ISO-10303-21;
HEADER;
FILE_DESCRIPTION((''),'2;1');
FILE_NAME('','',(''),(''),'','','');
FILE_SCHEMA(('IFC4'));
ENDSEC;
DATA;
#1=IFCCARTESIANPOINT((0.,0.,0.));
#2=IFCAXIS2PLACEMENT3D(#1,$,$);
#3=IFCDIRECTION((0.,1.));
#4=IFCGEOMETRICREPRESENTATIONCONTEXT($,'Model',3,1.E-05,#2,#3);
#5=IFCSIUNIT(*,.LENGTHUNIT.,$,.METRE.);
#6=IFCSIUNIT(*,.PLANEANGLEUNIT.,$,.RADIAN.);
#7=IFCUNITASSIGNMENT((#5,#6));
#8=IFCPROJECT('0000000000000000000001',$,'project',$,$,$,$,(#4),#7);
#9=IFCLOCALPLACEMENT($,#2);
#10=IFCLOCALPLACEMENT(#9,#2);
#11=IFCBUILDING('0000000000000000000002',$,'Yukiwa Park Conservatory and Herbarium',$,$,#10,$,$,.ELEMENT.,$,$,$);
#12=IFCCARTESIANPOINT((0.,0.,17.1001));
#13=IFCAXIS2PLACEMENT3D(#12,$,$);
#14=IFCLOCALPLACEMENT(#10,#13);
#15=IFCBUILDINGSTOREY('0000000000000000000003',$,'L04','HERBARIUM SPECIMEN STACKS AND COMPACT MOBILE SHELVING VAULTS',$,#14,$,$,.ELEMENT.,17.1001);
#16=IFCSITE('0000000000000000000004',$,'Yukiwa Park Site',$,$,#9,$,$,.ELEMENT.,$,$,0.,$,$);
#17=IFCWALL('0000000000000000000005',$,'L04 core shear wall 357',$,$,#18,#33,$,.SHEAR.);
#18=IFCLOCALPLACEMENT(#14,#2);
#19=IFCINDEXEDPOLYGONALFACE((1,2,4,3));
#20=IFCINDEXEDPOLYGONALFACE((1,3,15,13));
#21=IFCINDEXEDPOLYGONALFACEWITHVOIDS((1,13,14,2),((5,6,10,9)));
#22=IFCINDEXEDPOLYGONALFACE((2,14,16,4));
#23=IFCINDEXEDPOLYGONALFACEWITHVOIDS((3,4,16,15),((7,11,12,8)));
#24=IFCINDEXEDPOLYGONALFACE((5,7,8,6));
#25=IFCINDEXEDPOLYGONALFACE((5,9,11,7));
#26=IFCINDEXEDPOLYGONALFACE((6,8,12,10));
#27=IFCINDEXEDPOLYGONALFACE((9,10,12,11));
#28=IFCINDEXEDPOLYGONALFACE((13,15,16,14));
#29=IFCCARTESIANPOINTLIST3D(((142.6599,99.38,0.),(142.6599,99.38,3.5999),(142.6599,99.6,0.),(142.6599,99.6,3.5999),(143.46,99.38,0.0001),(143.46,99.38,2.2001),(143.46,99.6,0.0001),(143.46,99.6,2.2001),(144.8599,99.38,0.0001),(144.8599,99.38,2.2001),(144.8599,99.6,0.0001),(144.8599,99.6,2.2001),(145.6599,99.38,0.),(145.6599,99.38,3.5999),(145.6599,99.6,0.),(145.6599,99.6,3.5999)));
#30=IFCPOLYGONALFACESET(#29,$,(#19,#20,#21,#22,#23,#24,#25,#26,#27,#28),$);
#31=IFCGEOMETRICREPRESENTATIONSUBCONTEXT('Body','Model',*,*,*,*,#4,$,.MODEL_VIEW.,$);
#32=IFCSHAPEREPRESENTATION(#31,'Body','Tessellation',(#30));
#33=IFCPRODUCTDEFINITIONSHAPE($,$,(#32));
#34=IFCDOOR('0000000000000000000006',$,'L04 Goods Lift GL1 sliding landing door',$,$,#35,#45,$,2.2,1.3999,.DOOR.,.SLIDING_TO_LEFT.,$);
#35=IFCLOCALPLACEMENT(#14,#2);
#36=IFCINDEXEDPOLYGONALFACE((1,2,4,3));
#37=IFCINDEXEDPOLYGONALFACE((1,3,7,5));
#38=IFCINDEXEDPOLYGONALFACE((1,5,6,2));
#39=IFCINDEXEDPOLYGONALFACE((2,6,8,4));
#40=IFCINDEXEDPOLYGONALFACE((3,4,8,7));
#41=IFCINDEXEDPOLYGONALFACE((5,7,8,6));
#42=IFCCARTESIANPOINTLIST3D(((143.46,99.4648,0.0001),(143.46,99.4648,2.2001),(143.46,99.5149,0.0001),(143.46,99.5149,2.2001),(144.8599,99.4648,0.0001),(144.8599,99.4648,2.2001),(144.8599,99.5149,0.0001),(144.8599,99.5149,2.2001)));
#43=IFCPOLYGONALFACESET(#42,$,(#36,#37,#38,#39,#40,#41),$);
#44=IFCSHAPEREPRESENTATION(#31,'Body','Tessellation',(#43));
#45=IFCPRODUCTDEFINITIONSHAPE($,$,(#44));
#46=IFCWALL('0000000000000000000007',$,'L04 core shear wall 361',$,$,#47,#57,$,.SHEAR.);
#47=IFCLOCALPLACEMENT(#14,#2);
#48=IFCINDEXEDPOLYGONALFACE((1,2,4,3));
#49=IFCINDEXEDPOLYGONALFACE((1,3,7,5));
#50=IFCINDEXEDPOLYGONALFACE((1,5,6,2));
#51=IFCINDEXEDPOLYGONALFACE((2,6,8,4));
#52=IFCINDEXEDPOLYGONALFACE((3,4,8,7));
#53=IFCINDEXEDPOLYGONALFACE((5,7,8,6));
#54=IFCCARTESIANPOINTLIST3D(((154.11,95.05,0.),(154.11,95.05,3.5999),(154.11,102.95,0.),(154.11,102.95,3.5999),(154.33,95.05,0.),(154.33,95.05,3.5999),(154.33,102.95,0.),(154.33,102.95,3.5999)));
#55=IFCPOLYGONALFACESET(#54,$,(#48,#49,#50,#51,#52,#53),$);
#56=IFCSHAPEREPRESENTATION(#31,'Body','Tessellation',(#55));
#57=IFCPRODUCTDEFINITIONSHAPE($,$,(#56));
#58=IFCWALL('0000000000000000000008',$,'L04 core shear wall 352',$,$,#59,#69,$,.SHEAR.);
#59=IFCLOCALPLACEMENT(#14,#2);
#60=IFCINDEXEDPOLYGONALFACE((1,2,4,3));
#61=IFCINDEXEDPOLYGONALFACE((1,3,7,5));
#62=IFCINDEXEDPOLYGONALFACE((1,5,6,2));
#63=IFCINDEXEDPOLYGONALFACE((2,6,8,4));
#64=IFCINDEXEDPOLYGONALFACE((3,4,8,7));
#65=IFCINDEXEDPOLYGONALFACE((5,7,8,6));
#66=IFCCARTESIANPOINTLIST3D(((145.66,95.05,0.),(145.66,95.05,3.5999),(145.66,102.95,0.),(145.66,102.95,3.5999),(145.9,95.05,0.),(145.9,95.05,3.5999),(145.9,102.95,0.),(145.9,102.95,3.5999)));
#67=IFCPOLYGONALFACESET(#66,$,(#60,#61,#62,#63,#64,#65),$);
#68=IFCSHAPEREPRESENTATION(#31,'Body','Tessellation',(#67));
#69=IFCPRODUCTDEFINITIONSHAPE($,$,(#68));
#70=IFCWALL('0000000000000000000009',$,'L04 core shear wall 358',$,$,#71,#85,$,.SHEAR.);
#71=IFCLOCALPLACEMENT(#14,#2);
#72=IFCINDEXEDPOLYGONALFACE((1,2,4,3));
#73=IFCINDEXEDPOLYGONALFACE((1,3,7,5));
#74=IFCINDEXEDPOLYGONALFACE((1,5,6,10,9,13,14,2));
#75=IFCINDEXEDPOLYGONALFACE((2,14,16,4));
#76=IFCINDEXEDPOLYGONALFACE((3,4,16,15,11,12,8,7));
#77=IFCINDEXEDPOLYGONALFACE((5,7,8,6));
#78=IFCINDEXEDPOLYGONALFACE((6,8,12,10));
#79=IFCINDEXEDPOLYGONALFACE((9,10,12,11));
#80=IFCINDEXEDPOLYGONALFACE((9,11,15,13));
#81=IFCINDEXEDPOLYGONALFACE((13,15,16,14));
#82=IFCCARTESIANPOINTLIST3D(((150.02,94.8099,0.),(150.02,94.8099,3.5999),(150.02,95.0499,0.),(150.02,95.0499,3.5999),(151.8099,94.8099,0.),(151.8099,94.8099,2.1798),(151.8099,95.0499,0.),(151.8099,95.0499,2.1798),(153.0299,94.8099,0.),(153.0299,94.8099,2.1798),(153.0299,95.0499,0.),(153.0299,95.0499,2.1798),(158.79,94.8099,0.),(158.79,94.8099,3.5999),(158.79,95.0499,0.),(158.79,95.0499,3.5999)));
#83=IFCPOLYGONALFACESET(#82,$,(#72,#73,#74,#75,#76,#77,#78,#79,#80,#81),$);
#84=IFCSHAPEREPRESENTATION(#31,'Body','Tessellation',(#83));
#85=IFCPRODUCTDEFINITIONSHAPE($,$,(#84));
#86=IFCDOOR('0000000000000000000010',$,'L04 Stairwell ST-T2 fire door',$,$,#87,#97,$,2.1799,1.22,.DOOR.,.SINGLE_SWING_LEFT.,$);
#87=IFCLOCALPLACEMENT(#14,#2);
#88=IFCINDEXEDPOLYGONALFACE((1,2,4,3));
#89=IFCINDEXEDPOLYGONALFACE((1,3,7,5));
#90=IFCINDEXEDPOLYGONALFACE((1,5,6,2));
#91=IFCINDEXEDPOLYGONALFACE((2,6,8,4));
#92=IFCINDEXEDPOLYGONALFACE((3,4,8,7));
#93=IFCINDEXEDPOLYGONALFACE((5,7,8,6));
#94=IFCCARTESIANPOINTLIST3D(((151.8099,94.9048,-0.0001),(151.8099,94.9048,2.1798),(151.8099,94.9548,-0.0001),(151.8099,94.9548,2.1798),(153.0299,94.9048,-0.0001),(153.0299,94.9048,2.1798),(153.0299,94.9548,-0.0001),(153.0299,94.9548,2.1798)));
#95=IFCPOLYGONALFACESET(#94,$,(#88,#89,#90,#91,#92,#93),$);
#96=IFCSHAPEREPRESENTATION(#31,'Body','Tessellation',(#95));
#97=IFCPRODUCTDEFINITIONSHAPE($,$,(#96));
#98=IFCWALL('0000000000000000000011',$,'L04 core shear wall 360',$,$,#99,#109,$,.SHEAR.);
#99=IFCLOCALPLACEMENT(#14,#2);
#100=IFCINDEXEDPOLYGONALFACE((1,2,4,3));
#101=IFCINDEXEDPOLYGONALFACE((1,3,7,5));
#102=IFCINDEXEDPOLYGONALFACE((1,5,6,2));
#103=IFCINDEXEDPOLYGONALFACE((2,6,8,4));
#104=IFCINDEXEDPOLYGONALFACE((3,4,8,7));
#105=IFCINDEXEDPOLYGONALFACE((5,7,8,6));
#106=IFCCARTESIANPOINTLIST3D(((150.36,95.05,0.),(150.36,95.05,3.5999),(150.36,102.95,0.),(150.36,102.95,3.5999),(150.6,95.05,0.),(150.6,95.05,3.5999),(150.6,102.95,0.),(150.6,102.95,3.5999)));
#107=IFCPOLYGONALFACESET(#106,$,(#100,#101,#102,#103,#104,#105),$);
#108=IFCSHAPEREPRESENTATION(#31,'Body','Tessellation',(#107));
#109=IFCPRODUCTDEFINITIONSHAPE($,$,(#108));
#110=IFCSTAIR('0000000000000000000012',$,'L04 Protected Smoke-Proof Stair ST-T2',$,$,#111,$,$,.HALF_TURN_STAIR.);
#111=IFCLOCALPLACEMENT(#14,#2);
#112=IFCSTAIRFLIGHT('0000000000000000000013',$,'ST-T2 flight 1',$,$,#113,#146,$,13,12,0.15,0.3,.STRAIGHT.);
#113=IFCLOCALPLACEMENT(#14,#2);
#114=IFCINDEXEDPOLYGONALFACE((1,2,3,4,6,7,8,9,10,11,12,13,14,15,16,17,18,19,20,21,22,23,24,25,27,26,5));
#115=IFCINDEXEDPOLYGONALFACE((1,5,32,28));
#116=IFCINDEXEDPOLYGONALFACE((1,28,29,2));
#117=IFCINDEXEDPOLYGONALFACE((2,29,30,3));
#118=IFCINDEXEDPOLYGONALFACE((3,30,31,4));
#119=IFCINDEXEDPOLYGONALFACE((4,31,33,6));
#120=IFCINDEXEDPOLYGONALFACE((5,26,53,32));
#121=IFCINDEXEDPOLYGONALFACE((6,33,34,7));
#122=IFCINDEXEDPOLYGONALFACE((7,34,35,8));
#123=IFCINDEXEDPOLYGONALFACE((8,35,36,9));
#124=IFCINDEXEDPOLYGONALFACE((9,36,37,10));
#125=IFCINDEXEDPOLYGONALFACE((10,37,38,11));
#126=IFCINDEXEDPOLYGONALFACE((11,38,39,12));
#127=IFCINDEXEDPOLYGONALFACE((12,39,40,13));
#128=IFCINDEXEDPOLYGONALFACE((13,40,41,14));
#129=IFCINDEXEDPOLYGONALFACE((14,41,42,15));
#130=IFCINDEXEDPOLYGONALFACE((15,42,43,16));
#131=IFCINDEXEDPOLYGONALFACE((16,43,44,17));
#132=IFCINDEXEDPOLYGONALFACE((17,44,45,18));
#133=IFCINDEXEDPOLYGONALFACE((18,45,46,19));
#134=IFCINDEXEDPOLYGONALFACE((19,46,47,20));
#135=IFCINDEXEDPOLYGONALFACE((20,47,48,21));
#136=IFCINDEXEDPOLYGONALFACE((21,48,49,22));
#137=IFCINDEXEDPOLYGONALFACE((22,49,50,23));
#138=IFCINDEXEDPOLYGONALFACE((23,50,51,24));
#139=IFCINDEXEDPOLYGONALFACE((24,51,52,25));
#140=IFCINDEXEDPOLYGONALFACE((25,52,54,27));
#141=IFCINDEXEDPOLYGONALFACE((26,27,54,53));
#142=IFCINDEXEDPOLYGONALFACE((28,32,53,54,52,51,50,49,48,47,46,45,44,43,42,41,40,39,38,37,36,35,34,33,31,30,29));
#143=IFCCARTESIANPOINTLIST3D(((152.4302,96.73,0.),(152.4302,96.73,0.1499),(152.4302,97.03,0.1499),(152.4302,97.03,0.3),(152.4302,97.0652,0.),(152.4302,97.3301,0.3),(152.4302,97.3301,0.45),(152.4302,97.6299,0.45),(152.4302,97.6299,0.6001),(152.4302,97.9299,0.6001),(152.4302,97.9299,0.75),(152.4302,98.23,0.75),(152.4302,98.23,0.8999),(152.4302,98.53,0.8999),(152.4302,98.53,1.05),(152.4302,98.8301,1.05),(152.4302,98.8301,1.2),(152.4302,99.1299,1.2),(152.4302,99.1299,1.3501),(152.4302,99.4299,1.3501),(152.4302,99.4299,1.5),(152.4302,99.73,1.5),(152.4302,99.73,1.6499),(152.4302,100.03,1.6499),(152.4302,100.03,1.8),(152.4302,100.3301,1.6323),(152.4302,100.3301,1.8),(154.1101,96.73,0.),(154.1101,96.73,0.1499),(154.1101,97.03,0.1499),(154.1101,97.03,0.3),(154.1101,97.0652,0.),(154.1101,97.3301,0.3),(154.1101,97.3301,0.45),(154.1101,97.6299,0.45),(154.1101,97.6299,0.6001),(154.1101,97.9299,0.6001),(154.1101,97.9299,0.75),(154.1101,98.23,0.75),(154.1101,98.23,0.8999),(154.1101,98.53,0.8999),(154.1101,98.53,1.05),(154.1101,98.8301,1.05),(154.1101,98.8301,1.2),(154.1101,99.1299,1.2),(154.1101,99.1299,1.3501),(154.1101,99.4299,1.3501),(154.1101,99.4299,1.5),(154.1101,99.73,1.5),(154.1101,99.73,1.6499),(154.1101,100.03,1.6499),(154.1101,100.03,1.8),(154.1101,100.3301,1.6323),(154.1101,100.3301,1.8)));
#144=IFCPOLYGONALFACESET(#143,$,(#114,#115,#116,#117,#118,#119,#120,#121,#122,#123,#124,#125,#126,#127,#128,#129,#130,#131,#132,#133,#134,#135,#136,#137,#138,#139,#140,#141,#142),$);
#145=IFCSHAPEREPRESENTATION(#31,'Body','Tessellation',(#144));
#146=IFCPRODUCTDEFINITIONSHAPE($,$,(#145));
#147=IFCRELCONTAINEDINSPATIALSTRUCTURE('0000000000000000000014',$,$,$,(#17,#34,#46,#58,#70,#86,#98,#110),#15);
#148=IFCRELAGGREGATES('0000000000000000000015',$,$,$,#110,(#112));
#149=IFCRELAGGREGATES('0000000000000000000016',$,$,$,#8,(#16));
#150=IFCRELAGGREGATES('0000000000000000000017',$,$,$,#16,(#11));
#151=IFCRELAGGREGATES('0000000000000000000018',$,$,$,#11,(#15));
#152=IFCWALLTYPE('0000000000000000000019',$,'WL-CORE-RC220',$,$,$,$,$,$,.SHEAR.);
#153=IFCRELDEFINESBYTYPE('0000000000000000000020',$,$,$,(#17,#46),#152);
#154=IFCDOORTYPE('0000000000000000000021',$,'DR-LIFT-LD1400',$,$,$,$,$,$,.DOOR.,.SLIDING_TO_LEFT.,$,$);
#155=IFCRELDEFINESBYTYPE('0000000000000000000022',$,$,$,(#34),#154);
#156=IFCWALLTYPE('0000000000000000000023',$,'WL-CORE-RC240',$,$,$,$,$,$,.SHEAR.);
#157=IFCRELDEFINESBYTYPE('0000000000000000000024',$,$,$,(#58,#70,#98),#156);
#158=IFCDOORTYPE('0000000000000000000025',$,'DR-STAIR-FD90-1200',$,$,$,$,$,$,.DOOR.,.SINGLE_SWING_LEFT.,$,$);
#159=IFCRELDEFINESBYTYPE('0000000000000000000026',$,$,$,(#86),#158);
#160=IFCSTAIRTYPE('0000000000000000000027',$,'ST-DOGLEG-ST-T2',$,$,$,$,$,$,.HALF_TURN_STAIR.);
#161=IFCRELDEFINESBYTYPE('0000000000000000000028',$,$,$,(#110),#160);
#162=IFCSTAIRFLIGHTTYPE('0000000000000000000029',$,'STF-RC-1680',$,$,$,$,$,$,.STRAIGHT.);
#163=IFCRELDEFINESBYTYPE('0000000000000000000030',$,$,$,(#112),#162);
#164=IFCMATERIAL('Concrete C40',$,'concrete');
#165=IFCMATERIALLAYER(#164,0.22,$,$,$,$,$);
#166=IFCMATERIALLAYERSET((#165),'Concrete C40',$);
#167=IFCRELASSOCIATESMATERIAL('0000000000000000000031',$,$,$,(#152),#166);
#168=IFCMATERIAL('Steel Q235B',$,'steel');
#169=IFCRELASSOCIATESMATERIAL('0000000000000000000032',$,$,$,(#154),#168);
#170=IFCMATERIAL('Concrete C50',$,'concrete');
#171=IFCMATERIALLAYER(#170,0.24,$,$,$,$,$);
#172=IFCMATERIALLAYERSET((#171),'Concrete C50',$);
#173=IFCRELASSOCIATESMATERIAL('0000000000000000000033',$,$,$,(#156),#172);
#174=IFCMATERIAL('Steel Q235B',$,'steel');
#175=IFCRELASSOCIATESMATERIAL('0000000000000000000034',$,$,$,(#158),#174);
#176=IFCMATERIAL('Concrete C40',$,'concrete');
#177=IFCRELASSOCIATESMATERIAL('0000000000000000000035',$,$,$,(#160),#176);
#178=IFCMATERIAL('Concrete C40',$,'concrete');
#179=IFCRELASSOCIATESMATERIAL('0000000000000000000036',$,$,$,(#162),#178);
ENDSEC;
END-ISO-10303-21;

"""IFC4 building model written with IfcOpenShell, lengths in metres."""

from ifc_helpers import new_model, si_unit, direction, frame, frame_2d, origin, place, context, subcontext, project, spatial, polyline, rectangle, outline, extrude, material, layer, layer_set, type_object, element, fill, aggregate, save


model = new_model("IFC4")

# Units and contexts
model_context = context("Model", 3, precision=1e-05, world=origin(), true_north=direction((0.0, 1.0)))
body_context = subcontext(model_context, "Body", "Model", "MODEL_VIEW")
ifc_project = project(units=[si_unit("LENGTHUNIT", "METRE"), si_unit("PLANEANGLEUNIT", "RADIAN")], contexts=[model_context])

# Site, building, storey
site_placement = place(None, origin())
site = spatial("IfcSite", under=ifc_project, at=site_placement, Name="Yukiwa Park Site", CompositionType="ELEMENT", RefElevation=0.0)
building_placement = place(site_placement, origin())
building = spatial("IfcBuilding", under=site, at=building_placement, Name="Yukiwa Park Conservatory and Herbarium", CompositionType="ELEMENT")
storey_placement = place(building_placement, frame((0.0, 0.0, 17.1001)))
storey = spatial("IfcBuildingStorey", under=building, at=storey_placement, Name="L04", Description="HERBARIUM SPECIMEN STACKS AND COMPACT MOBILE SHELVING VAULTS", CompositionType="ELEMENT", Elevation=17.1001)

# Shared definitions
ifc_material_1 = material(Name="Concrete C40", Category="concrete")
ifc_layer_1 = layer(ifc_material_1, 0.22)
ifc_layer_set_1 = layer_set([ifc_layer_1], Name="Concrete C40")
wall_type_1 = type_object("IfcWallType", Name="WL-CORE-RC220", PredefinedType="SHEAR", material=ifc_layer_set_1)

# Wall, opening, door
wall_1_placement = place(storey_placement, frame((142.6599, 99.49, 0.0), z_axis=(0.0, 0.0, 1.0), x_axis=(1.0, 0.0, 0.0)))
wall_1 = element("IfcWall", 1, at=wall_1_placement, inside=storey, type_object=wall_type_1, Name="L04 core shear wall 357", PredefinedType="SHEAR", context=body_context, shape_type="SweptSolid", body=[
    extrude(rectangle(XDim=3.0, YDim=0.22, at=frame_2d((1.5, 0.0))), origin(), (0.0, 0.0, 1.0), 3.5999),
])
opening_1_placement = place(wall_1_placement, frame((0.8, 0.0, 0.0)))
opening_1 = element("IfcOpeningElement", 2, at=opening_1_placement, cuts=wall_1, PredefinedType="OPENING", context=body_context, shape_type="SweptSolid", body=[
    extrude(rectangle(XDim=1.3999, YDim=2.2, at=frame_2d((0.7, 1.1001))), frame((0.0, 0.1201, 0.0), z_axis=(0.0, -1.0, 0.0), x_axis=(1.0, 0.0, 0.0)), (0.0, 0.0, 1.0), 0.24),
])
ifc_material_2 = material(Name="Steel Q235B", Category="steel")
door_type_1 = type_object("IfcDoorType", Name="DR-LIFT-LD1400", OperationType="SLIDING_TO_LEFT", PredefinedType="DOOR", material=ifc_material_2)
door_1_placement = place(opening_1_placement, origin())
door_1 = element("IfcDoor", 3, at=door_1_placement, inside=storey, type_object=door_type_1, Name="L04 Goods Lift GL1 sliding landing door", OperationType="SLIDING_TO_LEFT", OverallHeight=2.2, OverallWidth=1.3999, PredefinedType="DOOR", context=body_context, shape_type="SweptSolid", body=[
    extrude(rectangle(XDim=1.3999, YDim=2.2, at=frame_2d((0.7, 1.1001))), frame((0.0, 0.0249, 0.0), z_axis=(0.0, -1.0, 0.0), x_axis=(1.0, 0.0, 0.0)), (0.0, 0.0, 1.0), 0.05),
])
fill(opening_1, door_1)

# Wall
wall_2_placement = place(storey_placement, frame((154.22, 95.05, 0.0), z_axis=(0.0, 0.0, 1.0), x_axis=(0.0, 1.0, 0.0)))
element("IfcWall", 4, at=wall_2_placement, inside=storey, type_object=wall_type_1, Name="L04 core shear wall 361", PredefinedType="SHEAR", context=body_context, shape_type="SweptSolid", body=[
    extrude(rectangle(XDim=7.8999, YDim=0.22, at=frame_2d((3.95, 0.0))), origin(), (0.0, 0.0, 1.0), 3.5999),
])

# Wall
ifc_material_3 = material(Name="Concrete C50", Category="concrete")
ifc_layer_2 = layer(ifc_material_3, 0.24)
ifc_layer_set_2 = layer_set([ifc_layer_2], Name="Concrete C50")
wall_type_2 = type_object("IfcWallType", Name="WL-CORE-RC240", PredefinedType="SHEAR", material=ifc_layer_set_2)
wall_3_placement = place(storey_placement, frame((145.78, 95.05, 0.0), z_axis=(0.0, 0.0, 1.0), x_axis=(0.0, 1.0, 0.0)))
element("IfcWall", 5, at=wall_3_placement, inside=storey, type_object=wall_type_2, Name="L04 core shear wall 352", PredefinedType="SHEAR", context=body_context, shape_type="SweptSolid", body=[
    extrude(rectangle(XDim=7.8999, YDim=0.24, at=frame_2d((3.95, 0.0))), origin(), (0.0, 0.0, 1.0), 3.5999),
])

# Wall, opening, door
wall_4_placement = place(storey_placement, frame((150.02, 94.9299, 0.0), z_axis=(0.0, 0.0, 1.0), x_axis=(1.0, 0.0, 0.0)))
wall_4 = element("IfcWall", 6, at=wall_4_placement, inside=storey, type_object=wall_type_2, Name="L04 core shear wall 358", PredefinedType="SHEAR", context=body_context, shape_type="SweptSolid", body=[
    extrude(rectangle(XDim=8.77, YDim=0.24, at=frame_2d((4.385, 0.0))), origin(), (0.0, 0.0, 1.0), 3.5999),
])
opening_2_placement = place(wall_4_placement, frame((1.79, 0.0, 0.0)))
opening_2 = element("IfcOpeningElement", 7, at=opening_2_placement, cuts=wall_4, PredefinedType="OPENING", context=body_context, shape_type="SweptSolid", body=[
    extrude(rectangle(XDim=1.22, YDim=2.1799, at=frame_2d((0.6099, 1.0898))), frame((0.0, 0.1299, 0.0), z_axis=(0.0, -1.0, 0.0), x_axis=(1.0, 0.0, 0.0)), (0.0, 0.0, 1.0), 0.26),
])
ifc_material_4 = material(Name="Steel Q235B", Category="steel")
door_type_2 = type_object("IfcDoorType", Name="DR-STAIR-FD90-1200", OperationType="SINGLE_SWING_LEFT", PredefinedType="DOOR", material=ifc_material_4)
door_2_placement = place(opening_2_placement, origin())
door_2 = element("IfcDoor", 8, at=door_2_placement, inside=storey, type_object=door_type_2, Name="L04 Stairwell ST-T2 fire door", OperationType="SINGLE_SWING_LEFT", OverallHeight=2.1799, OverallWidth=1.22, PredefinedType="DOOR", context=body_context, shape_type="SweptSolid", body=[
    extrude(rectangle(XDim=1.22, YDim=2.1799, at=frame_2d((0.6099, 1.0898))), frame((0.0, 0.0249, 0.0), z_axis=(0.0, -1.0, 0.0), x_axis=(1.0, 0.0, 0.0)), (0.0, 0.0, 1.0), 0.05),
])
fill(opening_2, door_2)

# Wall
wall_5_placement = place(storey_placement, frame((150.48, 95.05, 0.0), z_axis=(0.0, 0.0, 1.0), x_axis=(0.0, 1.0, 0.0)))
element("IfcWall", 9, at=wall_5_placement, inside=storey, type_object=wall_type_2, Name="L04 core shear wall 360", PredefinedType="SHEAR", context=body_context, shape_type="SweptSolid", body=[
    extrude(rectangle(XDim=7.8999, YDim=0.24, at=frame_2d((3.95, 0.0))), origin(), (0.0, 0.0, 1.0), 3.5999),
])

# Stair, stair flight
ifc_material_5 = material(Name="Concrete C40", Category="concrete")
stair_type = type_object("IfcStairType", Name="ST-DOGLEG-ST-T2", PredefinedType="HALF_TURN_STAIR", material=ifc_material_5)
stair_placement = place(storey_placement, origin())
stair = element("IfcStair", 10, at=stair_placement, inside=storey, type_object=stair_type, Name="L04 Protected Smoke-Proof Stair ST-T2", PredefinedType="HALF_TURN_STAIR")
ifc_material_6 = material(Name="Concrete C40", Category="concrete")
stair_flight_type = type_object("IfcStairFlightType", Name="STF-RC-1680", PredefinedType="STRAIGHT", material=ifc_material_6)
stair_flight_placement = place(storey_placement, frame((153.27, 96.73, 0.0), z_axis=(0.0, 0.0, 1.0), x_axis=(0.0, 1.0, 0.0)))
stair_flight = element("IfcStairFlight", 11, at=stair_flight_placement, type_object=stair_flight_type, Name="ST-T2 flight 1", NumberOfRisers=13, NumberOfTreads=12, PredefinedType="STRAIGHT", RiserHeight=0.15, TreadLength=0.3, context=body_context, shape_type="SweptSolid", body=[
    extrude(outline(polyline([(0.0, 0.0), (0.0, 0.1499), (0.3, 0.1499), (0.3, 0.3), (0.6001, 0.3), (0.6001, 0.45), (0.8999, 0.45), (0.8999, 0.6001), (1.2, 0.6001), (1.2, 0.75), (1.5, 0.75), (1.5, 0.8999), (1.8, 0.8999), (1.8, 1.05), (2.1001, 1.05), (2.1001, 1.2), (2.3999, 1.2), (2.3999, 1.3501), (2.7, 1.3501), (2.7, 1.5), (3.0, 1.5), (3.0, 1.6499), (3.3, 1.6499), (3.3, 1.8), (3.6001, 1.8), (3.6001, 1.95), (3.6001, 1.6323), (0.3352, 0.0), (0.0, 0.0)])), frame((0.0, 0.8398, 0.0), z_axis=(0.0, -1.0, 0.0), x_axis=(1.0, 0.0, 0.0)), (0.0, 0.0, 1.0), 1.6799),
])
aggregate(stair, [stair_flight])

save(model, "model.ifc")
